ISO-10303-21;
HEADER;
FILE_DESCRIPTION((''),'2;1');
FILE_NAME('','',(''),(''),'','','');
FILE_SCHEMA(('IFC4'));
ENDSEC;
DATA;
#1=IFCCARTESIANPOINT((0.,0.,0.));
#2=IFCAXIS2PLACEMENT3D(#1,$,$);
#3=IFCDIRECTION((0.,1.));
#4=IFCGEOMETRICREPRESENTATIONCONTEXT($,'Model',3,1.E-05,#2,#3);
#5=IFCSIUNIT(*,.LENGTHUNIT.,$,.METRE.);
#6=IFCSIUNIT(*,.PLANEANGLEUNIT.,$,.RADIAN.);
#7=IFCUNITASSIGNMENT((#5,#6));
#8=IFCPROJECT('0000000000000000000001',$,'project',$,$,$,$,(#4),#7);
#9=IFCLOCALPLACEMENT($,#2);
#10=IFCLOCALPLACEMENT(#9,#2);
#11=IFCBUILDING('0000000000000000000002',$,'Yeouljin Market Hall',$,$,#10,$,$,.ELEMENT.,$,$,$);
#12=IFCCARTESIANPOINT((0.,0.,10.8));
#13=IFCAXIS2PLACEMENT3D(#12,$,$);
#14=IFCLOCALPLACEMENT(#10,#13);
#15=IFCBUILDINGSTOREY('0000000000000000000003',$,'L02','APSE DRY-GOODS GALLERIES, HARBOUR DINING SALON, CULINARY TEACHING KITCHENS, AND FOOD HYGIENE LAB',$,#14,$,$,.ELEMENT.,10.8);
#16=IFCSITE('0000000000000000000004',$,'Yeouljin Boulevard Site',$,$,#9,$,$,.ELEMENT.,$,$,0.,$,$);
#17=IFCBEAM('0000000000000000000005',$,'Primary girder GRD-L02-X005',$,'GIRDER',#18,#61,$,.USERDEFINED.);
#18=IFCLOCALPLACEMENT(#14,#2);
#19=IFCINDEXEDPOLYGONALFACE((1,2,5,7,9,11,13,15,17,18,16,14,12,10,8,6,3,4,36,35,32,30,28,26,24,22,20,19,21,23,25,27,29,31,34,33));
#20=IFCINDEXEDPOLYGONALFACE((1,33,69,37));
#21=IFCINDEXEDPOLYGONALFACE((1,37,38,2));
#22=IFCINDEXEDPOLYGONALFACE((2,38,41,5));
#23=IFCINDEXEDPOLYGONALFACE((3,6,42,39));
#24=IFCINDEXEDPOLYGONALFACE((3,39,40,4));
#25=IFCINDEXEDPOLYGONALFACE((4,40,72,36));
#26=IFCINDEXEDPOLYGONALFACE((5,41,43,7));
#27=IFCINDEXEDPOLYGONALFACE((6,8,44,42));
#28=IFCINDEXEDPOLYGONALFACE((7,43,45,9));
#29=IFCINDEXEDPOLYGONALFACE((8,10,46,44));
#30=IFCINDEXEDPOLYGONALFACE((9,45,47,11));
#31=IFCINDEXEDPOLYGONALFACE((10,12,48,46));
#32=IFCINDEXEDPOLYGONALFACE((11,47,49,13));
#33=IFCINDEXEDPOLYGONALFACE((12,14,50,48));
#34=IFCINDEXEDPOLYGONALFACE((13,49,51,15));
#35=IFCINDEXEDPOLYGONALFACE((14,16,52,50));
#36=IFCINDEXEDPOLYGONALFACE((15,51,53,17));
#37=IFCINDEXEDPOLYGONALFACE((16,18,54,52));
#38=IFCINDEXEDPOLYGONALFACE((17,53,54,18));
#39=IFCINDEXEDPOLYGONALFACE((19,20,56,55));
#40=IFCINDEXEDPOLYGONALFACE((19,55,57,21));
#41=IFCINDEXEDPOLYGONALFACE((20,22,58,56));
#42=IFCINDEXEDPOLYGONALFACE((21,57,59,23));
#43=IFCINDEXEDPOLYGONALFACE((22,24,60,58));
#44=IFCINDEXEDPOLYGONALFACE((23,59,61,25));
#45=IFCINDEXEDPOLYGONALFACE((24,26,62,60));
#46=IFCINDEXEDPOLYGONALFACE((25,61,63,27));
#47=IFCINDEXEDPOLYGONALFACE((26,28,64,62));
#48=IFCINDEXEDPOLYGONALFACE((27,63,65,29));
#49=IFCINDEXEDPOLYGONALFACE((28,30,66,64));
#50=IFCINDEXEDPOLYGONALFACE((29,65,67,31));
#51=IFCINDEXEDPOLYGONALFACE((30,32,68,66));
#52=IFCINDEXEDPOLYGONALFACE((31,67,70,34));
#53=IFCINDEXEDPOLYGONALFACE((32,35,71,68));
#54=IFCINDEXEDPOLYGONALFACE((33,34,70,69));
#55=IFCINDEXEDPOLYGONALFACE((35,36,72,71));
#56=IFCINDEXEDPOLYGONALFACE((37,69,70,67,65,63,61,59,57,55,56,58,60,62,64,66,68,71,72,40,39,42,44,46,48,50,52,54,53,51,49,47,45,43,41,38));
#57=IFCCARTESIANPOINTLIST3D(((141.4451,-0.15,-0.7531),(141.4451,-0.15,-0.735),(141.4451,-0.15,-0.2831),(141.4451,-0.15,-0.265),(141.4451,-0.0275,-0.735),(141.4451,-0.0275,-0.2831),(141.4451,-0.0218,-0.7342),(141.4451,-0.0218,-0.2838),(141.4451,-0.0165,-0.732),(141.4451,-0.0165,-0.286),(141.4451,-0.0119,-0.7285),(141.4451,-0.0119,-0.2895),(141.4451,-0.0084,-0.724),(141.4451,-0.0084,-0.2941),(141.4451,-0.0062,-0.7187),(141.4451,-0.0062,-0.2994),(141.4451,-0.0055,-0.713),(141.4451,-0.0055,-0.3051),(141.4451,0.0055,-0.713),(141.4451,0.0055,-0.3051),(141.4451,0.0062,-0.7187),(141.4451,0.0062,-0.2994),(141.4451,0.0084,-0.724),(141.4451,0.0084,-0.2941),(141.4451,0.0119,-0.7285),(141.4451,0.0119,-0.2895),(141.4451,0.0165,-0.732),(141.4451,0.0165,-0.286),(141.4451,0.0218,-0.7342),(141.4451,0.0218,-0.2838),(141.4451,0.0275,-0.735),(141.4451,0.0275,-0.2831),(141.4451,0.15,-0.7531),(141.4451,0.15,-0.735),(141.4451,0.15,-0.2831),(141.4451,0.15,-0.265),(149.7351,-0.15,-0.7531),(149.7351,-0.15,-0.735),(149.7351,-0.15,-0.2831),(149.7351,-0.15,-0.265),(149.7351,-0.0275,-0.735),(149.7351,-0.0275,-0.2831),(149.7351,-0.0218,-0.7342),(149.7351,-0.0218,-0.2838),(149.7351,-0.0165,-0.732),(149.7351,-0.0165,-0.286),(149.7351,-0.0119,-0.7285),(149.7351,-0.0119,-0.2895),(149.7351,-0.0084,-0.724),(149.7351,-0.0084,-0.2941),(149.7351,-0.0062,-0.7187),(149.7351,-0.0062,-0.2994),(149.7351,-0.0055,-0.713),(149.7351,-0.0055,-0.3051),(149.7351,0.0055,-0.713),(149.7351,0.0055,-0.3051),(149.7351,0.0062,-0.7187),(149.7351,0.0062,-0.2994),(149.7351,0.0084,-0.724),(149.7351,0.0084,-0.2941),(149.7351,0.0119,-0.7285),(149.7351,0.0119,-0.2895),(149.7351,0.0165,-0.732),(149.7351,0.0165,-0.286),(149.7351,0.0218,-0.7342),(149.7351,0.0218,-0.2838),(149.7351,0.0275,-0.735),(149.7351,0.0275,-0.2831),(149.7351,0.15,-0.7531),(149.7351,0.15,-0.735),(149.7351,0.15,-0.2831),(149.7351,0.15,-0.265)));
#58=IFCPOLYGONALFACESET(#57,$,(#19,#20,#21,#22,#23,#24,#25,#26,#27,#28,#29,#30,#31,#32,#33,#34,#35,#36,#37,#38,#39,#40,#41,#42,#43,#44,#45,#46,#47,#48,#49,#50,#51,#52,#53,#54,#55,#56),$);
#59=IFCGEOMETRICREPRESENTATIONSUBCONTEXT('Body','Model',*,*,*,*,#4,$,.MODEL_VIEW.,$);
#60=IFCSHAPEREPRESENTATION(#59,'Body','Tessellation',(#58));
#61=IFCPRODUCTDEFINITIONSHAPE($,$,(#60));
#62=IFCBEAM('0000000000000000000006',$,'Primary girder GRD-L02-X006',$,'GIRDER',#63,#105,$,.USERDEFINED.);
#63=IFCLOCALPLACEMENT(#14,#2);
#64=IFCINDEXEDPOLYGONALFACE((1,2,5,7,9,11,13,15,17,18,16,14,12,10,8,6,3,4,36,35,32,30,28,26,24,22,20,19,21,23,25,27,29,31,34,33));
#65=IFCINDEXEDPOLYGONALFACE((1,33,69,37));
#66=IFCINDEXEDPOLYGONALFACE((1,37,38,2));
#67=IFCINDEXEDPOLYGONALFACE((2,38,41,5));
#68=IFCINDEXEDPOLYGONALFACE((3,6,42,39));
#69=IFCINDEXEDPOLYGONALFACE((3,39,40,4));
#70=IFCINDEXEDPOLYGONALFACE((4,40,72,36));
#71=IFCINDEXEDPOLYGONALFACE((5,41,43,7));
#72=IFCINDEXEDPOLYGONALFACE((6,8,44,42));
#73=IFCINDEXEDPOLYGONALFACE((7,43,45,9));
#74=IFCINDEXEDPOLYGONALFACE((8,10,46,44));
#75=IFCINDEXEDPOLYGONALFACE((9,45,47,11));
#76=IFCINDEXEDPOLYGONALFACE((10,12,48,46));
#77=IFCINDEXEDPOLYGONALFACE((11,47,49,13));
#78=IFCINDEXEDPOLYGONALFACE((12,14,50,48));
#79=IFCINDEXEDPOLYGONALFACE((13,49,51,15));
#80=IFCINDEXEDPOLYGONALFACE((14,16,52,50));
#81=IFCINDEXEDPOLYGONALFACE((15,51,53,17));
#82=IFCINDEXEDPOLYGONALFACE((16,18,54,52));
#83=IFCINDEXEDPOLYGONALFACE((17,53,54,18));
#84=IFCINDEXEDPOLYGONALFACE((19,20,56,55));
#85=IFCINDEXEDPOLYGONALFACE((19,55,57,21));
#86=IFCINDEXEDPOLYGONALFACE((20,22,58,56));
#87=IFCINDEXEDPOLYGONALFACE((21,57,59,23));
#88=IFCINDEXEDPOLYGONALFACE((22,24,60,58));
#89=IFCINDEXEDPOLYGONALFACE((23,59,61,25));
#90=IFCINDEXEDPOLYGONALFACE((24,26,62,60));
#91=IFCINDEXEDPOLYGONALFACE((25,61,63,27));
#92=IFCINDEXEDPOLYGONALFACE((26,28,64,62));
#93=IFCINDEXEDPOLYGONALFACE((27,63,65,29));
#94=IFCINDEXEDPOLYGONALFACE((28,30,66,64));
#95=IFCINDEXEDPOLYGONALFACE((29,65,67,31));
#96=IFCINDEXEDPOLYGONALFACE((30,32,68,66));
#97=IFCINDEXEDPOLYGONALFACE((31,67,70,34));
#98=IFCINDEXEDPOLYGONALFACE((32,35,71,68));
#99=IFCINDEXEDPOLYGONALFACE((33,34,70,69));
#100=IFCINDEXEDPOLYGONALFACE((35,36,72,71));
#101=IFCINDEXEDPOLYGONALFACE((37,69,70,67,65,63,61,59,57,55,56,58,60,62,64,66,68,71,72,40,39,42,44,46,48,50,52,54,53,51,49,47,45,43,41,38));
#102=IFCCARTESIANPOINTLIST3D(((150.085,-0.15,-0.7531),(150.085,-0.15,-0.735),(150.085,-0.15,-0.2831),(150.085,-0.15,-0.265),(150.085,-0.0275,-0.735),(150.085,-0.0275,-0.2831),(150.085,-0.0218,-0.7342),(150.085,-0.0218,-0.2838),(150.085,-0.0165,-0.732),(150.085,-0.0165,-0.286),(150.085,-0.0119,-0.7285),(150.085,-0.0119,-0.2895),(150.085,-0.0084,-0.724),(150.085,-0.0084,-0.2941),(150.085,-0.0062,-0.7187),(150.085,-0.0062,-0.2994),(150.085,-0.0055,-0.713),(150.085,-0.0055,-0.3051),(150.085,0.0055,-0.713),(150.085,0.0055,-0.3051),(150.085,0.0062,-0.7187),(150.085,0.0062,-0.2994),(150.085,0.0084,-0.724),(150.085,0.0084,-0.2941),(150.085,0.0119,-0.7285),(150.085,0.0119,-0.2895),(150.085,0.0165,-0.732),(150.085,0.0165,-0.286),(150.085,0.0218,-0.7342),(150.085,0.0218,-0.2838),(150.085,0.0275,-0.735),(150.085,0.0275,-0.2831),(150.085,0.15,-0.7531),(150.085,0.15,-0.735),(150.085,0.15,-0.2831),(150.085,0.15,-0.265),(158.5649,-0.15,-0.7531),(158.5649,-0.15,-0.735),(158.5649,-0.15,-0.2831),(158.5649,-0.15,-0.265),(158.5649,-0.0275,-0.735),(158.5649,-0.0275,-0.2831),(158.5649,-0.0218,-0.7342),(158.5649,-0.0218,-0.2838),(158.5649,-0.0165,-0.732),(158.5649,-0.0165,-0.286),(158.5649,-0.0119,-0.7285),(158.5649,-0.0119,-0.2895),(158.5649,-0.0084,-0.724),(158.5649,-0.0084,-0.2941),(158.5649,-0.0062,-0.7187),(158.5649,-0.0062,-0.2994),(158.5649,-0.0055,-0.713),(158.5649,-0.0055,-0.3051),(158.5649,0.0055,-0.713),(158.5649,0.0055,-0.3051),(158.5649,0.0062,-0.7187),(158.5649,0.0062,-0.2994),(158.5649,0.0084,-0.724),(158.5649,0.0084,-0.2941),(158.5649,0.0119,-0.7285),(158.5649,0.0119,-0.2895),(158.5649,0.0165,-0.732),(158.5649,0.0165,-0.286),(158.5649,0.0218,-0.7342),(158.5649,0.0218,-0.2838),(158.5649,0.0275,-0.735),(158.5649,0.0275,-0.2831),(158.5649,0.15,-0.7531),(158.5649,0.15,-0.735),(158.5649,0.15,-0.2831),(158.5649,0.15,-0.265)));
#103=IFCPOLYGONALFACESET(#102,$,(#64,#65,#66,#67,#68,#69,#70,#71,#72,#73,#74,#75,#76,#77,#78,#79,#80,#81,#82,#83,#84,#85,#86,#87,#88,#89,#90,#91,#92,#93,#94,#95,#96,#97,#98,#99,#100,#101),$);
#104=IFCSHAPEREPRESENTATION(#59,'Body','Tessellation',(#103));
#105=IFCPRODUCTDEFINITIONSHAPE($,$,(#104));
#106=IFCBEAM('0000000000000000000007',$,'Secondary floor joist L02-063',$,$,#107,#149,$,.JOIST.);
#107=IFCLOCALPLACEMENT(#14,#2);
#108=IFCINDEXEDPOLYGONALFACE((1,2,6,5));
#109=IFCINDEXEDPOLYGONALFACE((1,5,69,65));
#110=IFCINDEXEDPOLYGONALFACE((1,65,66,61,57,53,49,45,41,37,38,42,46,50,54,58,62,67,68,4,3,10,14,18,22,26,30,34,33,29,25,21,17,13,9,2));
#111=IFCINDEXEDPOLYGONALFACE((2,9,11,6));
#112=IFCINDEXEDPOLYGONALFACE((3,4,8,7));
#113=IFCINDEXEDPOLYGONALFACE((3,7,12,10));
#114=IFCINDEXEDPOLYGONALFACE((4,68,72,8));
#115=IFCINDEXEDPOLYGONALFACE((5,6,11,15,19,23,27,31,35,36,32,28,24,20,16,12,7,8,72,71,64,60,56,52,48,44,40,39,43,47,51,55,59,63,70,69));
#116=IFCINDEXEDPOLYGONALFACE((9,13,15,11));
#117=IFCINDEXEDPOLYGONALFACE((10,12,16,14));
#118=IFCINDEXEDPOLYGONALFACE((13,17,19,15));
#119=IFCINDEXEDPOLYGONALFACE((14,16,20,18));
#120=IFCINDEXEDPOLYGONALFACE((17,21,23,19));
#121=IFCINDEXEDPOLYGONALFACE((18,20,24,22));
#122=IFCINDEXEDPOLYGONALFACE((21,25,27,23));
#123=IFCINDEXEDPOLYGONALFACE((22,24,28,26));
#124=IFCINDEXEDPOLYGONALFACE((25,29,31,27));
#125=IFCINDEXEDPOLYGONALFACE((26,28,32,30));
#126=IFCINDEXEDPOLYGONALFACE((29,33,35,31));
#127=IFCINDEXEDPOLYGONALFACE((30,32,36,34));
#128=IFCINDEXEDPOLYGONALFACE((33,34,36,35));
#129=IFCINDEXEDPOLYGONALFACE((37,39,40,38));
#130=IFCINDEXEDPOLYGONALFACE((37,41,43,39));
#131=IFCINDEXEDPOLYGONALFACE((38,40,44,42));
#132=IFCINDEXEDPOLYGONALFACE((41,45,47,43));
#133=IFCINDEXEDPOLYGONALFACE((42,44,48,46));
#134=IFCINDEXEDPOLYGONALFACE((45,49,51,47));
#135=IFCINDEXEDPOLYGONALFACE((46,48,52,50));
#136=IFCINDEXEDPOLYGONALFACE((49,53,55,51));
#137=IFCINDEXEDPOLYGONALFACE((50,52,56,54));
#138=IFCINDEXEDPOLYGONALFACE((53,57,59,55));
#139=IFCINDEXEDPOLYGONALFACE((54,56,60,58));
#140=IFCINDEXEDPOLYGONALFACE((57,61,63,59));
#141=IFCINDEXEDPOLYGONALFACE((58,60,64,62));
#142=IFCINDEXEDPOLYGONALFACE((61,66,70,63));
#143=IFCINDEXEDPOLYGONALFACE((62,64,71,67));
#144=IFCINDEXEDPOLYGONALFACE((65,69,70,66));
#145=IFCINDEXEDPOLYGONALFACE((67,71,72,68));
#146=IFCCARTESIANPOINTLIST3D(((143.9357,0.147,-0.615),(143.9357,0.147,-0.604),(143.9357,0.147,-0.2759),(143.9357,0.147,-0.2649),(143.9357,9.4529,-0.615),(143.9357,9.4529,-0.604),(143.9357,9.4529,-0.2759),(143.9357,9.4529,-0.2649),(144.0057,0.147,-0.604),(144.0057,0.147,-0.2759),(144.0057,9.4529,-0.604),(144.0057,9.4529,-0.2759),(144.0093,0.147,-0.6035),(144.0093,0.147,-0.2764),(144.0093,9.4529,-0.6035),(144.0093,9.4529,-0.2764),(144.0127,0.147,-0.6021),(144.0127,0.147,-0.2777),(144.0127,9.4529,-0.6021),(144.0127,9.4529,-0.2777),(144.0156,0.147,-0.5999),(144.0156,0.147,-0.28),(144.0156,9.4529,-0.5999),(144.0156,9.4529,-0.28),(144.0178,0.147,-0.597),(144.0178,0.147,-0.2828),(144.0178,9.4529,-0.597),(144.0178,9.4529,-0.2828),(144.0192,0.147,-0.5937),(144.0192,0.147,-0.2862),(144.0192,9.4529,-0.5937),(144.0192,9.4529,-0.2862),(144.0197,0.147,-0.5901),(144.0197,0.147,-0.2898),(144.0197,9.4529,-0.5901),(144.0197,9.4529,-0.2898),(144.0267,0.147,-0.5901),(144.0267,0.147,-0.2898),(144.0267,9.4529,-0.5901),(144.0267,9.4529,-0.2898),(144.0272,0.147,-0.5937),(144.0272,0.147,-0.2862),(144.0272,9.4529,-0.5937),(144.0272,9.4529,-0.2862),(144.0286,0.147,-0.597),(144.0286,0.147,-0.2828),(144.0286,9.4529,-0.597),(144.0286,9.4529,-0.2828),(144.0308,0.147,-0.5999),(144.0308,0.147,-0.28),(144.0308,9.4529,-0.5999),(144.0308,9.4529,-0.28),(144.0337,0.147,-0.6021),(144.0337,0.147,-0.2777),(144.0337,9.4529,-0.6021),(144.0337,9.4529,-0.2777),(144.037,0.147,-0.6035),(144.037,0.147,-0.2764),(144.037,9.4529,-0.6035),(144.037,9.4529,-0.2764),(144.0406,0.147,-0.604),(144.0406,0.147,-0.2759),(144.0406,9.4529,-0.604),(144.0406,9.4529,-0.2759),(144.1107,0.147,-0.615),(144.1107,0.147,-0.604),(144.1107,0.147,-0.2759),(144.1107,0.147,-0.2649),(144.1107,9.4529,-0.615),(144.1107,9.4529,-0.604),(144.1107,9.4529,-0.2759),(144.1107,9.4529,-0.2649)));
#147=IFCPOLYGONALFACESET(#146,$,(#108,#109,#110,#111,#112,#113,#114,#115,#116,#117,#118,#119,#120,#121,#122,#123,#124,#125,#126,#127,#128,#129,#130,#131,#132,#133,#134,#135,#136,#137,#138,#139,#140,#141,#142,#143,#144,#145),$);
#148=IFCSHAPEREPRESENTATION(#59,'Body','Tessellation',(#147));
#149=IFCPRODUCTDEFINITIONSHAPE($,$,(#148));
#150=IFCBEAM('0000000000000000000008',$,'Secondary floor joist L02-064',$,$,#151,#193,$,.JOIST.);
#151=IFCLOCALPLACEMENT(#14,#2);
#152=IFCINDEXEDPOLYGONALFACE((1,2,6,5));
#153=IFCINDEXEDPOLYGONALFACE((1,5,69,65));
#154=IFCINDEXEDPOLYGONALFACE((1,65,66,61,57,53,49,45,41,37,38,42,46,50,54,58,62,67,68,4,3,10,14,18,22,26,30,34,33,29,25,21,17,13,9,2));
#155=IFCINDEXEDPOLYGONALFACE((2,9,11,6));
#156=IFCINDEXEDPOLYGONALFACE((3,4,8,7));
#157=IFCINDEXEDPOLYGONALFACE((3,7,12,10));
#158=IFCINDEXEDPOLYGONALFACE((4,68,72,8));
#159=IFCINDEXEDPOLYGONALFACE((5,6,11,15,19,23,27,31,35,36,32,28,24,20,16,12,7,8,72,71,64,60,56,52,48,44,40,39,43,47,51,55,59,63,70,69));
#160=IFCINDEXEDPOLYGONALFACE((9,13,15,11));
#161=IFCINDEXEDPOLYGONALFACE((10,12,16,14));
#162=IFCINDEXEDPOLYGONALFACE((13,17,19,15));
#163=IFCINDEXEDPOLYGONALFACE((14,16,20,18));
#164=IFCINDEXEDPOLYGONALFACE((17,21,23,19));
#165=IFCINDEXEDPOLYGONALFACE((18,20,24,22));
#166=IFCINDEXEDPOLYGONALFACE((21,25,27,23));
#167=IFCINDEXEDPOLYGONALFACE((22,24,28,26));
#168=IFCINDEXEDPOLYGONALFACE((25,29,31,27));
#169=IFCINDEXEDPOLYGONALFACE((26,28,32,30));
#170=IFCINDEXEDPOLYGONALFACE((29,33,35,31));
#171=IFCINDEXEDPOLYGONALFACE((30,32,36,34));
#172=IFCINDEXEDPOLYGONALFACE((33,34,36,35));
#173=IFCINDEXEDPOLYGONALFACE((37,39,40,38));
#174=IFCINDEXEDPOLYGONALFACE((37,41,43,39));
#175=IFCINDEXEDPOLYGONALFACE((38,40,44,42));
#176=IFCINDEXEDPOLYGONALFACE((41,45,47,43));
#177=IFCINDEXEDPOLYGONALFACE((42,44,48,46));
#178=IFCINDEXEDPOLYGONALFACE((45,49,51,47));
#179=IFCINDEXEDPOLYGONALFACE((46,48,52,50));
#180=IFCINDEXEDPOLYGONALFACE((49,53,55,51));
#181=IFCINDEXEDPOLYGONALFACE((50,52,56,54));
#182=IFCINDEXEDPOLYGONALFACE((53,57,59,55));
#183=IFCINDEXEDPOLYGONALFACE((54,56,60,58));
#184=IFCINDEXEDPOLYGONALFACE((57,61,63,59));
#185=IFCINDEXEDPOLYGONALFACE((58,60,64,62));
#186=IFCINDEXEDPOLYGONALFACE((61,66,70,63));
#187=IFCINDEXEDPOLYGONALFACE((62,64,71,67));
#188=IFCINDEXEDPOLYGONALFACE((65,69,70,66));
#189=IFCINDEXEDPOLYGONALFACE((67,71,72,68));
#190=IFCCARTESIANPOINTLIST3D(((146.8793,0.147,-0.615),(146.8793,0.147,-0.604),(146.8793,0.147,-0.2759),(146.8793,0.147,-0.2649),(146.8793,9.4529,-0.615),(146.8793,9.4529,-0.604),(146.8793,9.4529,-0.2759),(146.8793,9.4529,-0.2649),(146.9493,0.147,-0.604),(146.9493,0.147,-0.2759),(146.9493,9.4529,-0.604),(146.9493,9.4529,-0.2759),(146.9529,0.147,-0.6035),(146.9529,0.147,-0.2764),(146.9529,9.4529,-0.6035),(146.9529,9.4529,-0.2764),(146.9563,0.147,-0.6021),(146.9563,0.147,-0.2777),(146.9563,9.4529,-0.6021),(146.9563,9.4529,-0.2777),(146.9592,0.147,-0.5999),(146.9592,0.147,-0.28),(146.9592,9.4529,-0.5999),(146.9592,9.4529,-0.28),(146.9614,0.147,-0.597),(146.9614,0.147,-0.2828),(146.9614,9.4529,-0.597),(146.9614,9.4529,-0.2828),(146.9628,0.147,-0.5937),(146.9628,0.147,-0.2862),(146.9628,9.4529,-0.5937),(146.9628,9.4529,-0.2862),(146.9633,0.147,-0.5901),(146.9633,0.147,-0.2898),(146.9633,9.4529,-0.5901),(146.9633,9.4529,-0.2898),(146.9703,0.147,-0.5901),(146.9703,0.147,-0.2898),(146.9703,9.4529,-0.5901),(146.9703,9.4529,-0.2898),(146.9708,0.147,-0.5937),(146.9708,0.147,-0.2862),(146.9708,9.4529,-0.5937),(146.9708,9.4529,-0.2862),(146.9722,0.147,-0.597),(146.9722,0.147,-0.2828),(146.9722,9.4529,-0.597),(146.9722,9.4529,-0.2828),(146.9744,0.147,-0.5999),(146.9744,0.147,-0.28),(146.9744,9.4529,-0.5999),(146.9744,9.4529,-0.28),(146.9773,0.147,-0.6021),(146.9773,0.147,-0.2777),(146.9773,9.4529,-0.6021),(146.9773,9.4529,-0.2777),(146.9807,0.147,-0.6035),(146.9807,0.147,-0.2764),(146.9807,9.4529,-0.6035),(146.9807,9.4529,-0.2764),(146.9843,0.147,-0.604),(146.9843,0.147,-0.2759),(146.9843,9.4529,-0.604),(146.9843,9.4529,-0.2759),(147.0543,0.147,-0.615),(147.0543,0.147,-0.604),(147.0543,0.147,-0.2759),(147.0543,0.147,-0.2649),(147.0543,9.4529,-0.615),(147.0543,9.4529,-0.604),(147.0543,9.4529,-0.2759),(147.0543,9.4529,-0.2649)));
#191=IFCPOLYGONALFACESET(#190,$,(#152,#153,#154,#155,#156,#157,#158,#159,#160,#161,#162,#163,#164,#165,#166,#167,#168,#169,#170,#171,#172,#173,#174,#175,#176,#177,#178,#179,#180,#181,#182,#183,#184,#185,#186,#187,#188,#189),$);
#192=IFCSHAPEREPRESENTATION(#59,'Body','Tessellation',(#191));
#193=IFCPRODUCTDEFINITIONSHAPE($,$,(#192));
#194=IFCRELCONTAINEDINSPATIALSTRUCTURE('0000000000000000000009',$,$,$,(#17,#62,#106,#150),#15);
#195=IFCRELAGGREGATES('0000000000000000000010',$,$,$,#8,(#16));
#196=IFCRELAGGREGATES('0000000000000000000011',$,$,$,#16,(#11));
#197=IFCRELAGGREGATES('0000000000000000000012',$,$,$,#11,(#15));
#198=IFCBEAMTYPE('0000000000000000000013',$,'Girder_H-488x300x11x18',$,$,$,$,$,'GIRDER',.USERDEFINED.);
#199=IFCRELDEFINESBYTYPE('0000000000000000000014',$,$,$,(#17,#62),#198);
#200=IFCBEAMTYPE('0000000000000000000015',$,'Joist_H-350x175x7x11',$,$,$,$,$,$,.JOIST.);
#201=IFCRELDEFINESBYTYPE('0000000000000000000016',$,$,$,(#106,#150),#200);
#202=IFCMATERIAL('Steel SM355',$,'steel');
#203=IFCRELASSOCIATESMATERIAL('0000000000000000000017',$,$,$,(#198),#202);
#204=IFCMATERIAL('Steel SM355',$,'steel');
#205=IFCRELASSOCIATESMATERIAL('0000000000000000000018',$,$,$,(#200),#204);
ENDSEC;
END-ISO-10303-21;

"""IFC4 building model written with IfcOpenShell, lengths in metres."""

from ifc_helpers import new_model, si_unit, direction, frame, origin, origin_2d, place, context, subcontext, project, spatial, i_section, extrude, material, material_profile, profile_set, type_object, element, save


model = new_model("IFC4")

# Units and contexts
model_context = context("Model", 3, precision=1e-05, world=origin(), true_north=direction((0.0, 1.0)))
body_context = subcontext(model_context, "Body", "Model", "MODEL_VIEW")
ifc_project = project(units=[si_unit("LENGTHUNIT", "METRE"), si_unit("PLANEANGLEUNIT", "RADIAN")], contexts=[model_context])

# Site, building, storey
site_placement = place(None, origin())
site = spatial("IfcSite", under=ifc_project, at=site_placement, Name="Yeouljin Boulevard Site", CompositionType="ELEMENT", RefElevation=0.0)
building_placement = place(site_placement, origin())
building = spatial("IfcBuilding", under=site, at=building_placement, Name="Yeouljin Market Hall", CompositionType="ELEMENT")
storey_placement = place(building_placement, frame((0.0, 0.0, 10.8)))
storey = spatial("IfcBuildingStorey", under=building, at=storey_placement, Name="L02", Description="APSE DRY-GOODS GALLERIES, HARBOUR DINING SALON, CULINARY TEACHING KITCHENS, AND FOOD HYGIENE LAB", CompositionType="ELEMENT", Elevation=10.8)

# Beams
ifc_material_1 = material(Name="Steel SM355", Category="steel")
ifc_material_profile_1 = material_profile(ifc_material_1, i_section(OverallWidth=0.3, OverallDepth=0.488, WebThickness=0.011, FlangeThickness=0.0181, FilletRadius=0.022, at=origin_2d()), Name="H-488x300x11x18")
ifc_profile_set_1 = profile_set([ifc_material_profile_1], Name="Steel SM355")
beam_type_1 = type_object("IfcBeamType", Name="Girder_H-488x300x11x18", ElementType="GIRDER", PredefinedType="USERDEFINED", material=ifc_profile_set_1)
beam_1_placement = place(storey_placement, frame((141.4451, 0.0, -0.509), z_axis=(1.0, 0.0, 0.0), x_axis=(0.0, 1.0, 0.0)))
element("IfcBeam", 1, at=beam_1_placement, inside=storey, type_object=beam_type_1, Name="Primary girder GRD-L02-X005", ObjectType="GIRDER", PredefinedType="USERDEFINED", context=body_context, shape_type="SweptSolid", body=[
    extrude(i_section(OverallWidth=0.3, OverallDepth=0.488, WebThickness=0.011, FlangeThickness=0.0181, FilletRadius=0.022, at=origin_2d()), origin(), (0.0, 0.0, 1.0), 8.29),
])
beam_2_placement = place(storey_placement, frame((150.085, 0.0, -0.509), z_axis=(1.0, 0.0, 0.0), x_axis=(0.0, 1.0, 0.0)))
element("IfcBeam", 2, at=beam_2_placement, inside=storey, type_object=beam_type_1, Name="Primary girder GRD-L02-X006", ObjectType="GIRDER", PredefinedType="USERDEFINED", context=body_context, shape_type="SweptSolid", body=[
    extrude(i_section(OverallWidth=0.3, OverallDepth=0.488, WebThickness=0.011, FlangeThickness=0.0181, FilletRadius=0.022, at=origin_2d()), origin(), (0.0, 0.0, 1.0), 8.48),
])
ifc_material_2 = material(Name="Steel SM355", Category="steel")
ifc_material_profile_2 = material_profile(ifc_material_2, i_section(OverallWidth=0.175, OverallDepth=0.3501, WebThickness=0.0071, FlangeThickness=0.011, FilletRadius=0.0139, at=origin_2d()), Name="H-350x175x7x11")
ifc_profile_set_2 = profile_set([ifc_material_profile_2], Name="Steel SM355")
beam_type_2 = type_object("IfcBeamType", Name="Joist_H-350x175x7x11", PredefinedType="JOIST", material=ifc_profile_set_2)
for number, where, z_axis, x_axis, name in (
    (3, (144.0232, 0.147, -0.4399), (0.0, 1.0, 0.0), (-1.0, 0.0, 0.0), "Secondary floor joist L02-063"),
    (4, (146.9668, 0.147, -0.4399), (0.0, 1.0, 0.0), (-1.0, 0.0, 0.0), "Secondary floor joist L02-064"),
):
    element("IfcBeam", number, at=place(storey_placement, frame(where, z_axis=z_axis, x_axis=x_axis)), inside=storey, type_object=beam_type_2, Name=name, PredefinedType="JOIST", context=body_context, shape_type="SweptSolid", body=[
        extrude(i_section(OverallWidth=0.175, OverallDepth=0.3501, WebThickness=0.0071, FlangeThickness=0.011, FilletRadius=0.0139, at=origin_2d()), origin(), (0.0, 0.0, 1.0), 9.3059),
    ])

save(model, "model.ifc")
